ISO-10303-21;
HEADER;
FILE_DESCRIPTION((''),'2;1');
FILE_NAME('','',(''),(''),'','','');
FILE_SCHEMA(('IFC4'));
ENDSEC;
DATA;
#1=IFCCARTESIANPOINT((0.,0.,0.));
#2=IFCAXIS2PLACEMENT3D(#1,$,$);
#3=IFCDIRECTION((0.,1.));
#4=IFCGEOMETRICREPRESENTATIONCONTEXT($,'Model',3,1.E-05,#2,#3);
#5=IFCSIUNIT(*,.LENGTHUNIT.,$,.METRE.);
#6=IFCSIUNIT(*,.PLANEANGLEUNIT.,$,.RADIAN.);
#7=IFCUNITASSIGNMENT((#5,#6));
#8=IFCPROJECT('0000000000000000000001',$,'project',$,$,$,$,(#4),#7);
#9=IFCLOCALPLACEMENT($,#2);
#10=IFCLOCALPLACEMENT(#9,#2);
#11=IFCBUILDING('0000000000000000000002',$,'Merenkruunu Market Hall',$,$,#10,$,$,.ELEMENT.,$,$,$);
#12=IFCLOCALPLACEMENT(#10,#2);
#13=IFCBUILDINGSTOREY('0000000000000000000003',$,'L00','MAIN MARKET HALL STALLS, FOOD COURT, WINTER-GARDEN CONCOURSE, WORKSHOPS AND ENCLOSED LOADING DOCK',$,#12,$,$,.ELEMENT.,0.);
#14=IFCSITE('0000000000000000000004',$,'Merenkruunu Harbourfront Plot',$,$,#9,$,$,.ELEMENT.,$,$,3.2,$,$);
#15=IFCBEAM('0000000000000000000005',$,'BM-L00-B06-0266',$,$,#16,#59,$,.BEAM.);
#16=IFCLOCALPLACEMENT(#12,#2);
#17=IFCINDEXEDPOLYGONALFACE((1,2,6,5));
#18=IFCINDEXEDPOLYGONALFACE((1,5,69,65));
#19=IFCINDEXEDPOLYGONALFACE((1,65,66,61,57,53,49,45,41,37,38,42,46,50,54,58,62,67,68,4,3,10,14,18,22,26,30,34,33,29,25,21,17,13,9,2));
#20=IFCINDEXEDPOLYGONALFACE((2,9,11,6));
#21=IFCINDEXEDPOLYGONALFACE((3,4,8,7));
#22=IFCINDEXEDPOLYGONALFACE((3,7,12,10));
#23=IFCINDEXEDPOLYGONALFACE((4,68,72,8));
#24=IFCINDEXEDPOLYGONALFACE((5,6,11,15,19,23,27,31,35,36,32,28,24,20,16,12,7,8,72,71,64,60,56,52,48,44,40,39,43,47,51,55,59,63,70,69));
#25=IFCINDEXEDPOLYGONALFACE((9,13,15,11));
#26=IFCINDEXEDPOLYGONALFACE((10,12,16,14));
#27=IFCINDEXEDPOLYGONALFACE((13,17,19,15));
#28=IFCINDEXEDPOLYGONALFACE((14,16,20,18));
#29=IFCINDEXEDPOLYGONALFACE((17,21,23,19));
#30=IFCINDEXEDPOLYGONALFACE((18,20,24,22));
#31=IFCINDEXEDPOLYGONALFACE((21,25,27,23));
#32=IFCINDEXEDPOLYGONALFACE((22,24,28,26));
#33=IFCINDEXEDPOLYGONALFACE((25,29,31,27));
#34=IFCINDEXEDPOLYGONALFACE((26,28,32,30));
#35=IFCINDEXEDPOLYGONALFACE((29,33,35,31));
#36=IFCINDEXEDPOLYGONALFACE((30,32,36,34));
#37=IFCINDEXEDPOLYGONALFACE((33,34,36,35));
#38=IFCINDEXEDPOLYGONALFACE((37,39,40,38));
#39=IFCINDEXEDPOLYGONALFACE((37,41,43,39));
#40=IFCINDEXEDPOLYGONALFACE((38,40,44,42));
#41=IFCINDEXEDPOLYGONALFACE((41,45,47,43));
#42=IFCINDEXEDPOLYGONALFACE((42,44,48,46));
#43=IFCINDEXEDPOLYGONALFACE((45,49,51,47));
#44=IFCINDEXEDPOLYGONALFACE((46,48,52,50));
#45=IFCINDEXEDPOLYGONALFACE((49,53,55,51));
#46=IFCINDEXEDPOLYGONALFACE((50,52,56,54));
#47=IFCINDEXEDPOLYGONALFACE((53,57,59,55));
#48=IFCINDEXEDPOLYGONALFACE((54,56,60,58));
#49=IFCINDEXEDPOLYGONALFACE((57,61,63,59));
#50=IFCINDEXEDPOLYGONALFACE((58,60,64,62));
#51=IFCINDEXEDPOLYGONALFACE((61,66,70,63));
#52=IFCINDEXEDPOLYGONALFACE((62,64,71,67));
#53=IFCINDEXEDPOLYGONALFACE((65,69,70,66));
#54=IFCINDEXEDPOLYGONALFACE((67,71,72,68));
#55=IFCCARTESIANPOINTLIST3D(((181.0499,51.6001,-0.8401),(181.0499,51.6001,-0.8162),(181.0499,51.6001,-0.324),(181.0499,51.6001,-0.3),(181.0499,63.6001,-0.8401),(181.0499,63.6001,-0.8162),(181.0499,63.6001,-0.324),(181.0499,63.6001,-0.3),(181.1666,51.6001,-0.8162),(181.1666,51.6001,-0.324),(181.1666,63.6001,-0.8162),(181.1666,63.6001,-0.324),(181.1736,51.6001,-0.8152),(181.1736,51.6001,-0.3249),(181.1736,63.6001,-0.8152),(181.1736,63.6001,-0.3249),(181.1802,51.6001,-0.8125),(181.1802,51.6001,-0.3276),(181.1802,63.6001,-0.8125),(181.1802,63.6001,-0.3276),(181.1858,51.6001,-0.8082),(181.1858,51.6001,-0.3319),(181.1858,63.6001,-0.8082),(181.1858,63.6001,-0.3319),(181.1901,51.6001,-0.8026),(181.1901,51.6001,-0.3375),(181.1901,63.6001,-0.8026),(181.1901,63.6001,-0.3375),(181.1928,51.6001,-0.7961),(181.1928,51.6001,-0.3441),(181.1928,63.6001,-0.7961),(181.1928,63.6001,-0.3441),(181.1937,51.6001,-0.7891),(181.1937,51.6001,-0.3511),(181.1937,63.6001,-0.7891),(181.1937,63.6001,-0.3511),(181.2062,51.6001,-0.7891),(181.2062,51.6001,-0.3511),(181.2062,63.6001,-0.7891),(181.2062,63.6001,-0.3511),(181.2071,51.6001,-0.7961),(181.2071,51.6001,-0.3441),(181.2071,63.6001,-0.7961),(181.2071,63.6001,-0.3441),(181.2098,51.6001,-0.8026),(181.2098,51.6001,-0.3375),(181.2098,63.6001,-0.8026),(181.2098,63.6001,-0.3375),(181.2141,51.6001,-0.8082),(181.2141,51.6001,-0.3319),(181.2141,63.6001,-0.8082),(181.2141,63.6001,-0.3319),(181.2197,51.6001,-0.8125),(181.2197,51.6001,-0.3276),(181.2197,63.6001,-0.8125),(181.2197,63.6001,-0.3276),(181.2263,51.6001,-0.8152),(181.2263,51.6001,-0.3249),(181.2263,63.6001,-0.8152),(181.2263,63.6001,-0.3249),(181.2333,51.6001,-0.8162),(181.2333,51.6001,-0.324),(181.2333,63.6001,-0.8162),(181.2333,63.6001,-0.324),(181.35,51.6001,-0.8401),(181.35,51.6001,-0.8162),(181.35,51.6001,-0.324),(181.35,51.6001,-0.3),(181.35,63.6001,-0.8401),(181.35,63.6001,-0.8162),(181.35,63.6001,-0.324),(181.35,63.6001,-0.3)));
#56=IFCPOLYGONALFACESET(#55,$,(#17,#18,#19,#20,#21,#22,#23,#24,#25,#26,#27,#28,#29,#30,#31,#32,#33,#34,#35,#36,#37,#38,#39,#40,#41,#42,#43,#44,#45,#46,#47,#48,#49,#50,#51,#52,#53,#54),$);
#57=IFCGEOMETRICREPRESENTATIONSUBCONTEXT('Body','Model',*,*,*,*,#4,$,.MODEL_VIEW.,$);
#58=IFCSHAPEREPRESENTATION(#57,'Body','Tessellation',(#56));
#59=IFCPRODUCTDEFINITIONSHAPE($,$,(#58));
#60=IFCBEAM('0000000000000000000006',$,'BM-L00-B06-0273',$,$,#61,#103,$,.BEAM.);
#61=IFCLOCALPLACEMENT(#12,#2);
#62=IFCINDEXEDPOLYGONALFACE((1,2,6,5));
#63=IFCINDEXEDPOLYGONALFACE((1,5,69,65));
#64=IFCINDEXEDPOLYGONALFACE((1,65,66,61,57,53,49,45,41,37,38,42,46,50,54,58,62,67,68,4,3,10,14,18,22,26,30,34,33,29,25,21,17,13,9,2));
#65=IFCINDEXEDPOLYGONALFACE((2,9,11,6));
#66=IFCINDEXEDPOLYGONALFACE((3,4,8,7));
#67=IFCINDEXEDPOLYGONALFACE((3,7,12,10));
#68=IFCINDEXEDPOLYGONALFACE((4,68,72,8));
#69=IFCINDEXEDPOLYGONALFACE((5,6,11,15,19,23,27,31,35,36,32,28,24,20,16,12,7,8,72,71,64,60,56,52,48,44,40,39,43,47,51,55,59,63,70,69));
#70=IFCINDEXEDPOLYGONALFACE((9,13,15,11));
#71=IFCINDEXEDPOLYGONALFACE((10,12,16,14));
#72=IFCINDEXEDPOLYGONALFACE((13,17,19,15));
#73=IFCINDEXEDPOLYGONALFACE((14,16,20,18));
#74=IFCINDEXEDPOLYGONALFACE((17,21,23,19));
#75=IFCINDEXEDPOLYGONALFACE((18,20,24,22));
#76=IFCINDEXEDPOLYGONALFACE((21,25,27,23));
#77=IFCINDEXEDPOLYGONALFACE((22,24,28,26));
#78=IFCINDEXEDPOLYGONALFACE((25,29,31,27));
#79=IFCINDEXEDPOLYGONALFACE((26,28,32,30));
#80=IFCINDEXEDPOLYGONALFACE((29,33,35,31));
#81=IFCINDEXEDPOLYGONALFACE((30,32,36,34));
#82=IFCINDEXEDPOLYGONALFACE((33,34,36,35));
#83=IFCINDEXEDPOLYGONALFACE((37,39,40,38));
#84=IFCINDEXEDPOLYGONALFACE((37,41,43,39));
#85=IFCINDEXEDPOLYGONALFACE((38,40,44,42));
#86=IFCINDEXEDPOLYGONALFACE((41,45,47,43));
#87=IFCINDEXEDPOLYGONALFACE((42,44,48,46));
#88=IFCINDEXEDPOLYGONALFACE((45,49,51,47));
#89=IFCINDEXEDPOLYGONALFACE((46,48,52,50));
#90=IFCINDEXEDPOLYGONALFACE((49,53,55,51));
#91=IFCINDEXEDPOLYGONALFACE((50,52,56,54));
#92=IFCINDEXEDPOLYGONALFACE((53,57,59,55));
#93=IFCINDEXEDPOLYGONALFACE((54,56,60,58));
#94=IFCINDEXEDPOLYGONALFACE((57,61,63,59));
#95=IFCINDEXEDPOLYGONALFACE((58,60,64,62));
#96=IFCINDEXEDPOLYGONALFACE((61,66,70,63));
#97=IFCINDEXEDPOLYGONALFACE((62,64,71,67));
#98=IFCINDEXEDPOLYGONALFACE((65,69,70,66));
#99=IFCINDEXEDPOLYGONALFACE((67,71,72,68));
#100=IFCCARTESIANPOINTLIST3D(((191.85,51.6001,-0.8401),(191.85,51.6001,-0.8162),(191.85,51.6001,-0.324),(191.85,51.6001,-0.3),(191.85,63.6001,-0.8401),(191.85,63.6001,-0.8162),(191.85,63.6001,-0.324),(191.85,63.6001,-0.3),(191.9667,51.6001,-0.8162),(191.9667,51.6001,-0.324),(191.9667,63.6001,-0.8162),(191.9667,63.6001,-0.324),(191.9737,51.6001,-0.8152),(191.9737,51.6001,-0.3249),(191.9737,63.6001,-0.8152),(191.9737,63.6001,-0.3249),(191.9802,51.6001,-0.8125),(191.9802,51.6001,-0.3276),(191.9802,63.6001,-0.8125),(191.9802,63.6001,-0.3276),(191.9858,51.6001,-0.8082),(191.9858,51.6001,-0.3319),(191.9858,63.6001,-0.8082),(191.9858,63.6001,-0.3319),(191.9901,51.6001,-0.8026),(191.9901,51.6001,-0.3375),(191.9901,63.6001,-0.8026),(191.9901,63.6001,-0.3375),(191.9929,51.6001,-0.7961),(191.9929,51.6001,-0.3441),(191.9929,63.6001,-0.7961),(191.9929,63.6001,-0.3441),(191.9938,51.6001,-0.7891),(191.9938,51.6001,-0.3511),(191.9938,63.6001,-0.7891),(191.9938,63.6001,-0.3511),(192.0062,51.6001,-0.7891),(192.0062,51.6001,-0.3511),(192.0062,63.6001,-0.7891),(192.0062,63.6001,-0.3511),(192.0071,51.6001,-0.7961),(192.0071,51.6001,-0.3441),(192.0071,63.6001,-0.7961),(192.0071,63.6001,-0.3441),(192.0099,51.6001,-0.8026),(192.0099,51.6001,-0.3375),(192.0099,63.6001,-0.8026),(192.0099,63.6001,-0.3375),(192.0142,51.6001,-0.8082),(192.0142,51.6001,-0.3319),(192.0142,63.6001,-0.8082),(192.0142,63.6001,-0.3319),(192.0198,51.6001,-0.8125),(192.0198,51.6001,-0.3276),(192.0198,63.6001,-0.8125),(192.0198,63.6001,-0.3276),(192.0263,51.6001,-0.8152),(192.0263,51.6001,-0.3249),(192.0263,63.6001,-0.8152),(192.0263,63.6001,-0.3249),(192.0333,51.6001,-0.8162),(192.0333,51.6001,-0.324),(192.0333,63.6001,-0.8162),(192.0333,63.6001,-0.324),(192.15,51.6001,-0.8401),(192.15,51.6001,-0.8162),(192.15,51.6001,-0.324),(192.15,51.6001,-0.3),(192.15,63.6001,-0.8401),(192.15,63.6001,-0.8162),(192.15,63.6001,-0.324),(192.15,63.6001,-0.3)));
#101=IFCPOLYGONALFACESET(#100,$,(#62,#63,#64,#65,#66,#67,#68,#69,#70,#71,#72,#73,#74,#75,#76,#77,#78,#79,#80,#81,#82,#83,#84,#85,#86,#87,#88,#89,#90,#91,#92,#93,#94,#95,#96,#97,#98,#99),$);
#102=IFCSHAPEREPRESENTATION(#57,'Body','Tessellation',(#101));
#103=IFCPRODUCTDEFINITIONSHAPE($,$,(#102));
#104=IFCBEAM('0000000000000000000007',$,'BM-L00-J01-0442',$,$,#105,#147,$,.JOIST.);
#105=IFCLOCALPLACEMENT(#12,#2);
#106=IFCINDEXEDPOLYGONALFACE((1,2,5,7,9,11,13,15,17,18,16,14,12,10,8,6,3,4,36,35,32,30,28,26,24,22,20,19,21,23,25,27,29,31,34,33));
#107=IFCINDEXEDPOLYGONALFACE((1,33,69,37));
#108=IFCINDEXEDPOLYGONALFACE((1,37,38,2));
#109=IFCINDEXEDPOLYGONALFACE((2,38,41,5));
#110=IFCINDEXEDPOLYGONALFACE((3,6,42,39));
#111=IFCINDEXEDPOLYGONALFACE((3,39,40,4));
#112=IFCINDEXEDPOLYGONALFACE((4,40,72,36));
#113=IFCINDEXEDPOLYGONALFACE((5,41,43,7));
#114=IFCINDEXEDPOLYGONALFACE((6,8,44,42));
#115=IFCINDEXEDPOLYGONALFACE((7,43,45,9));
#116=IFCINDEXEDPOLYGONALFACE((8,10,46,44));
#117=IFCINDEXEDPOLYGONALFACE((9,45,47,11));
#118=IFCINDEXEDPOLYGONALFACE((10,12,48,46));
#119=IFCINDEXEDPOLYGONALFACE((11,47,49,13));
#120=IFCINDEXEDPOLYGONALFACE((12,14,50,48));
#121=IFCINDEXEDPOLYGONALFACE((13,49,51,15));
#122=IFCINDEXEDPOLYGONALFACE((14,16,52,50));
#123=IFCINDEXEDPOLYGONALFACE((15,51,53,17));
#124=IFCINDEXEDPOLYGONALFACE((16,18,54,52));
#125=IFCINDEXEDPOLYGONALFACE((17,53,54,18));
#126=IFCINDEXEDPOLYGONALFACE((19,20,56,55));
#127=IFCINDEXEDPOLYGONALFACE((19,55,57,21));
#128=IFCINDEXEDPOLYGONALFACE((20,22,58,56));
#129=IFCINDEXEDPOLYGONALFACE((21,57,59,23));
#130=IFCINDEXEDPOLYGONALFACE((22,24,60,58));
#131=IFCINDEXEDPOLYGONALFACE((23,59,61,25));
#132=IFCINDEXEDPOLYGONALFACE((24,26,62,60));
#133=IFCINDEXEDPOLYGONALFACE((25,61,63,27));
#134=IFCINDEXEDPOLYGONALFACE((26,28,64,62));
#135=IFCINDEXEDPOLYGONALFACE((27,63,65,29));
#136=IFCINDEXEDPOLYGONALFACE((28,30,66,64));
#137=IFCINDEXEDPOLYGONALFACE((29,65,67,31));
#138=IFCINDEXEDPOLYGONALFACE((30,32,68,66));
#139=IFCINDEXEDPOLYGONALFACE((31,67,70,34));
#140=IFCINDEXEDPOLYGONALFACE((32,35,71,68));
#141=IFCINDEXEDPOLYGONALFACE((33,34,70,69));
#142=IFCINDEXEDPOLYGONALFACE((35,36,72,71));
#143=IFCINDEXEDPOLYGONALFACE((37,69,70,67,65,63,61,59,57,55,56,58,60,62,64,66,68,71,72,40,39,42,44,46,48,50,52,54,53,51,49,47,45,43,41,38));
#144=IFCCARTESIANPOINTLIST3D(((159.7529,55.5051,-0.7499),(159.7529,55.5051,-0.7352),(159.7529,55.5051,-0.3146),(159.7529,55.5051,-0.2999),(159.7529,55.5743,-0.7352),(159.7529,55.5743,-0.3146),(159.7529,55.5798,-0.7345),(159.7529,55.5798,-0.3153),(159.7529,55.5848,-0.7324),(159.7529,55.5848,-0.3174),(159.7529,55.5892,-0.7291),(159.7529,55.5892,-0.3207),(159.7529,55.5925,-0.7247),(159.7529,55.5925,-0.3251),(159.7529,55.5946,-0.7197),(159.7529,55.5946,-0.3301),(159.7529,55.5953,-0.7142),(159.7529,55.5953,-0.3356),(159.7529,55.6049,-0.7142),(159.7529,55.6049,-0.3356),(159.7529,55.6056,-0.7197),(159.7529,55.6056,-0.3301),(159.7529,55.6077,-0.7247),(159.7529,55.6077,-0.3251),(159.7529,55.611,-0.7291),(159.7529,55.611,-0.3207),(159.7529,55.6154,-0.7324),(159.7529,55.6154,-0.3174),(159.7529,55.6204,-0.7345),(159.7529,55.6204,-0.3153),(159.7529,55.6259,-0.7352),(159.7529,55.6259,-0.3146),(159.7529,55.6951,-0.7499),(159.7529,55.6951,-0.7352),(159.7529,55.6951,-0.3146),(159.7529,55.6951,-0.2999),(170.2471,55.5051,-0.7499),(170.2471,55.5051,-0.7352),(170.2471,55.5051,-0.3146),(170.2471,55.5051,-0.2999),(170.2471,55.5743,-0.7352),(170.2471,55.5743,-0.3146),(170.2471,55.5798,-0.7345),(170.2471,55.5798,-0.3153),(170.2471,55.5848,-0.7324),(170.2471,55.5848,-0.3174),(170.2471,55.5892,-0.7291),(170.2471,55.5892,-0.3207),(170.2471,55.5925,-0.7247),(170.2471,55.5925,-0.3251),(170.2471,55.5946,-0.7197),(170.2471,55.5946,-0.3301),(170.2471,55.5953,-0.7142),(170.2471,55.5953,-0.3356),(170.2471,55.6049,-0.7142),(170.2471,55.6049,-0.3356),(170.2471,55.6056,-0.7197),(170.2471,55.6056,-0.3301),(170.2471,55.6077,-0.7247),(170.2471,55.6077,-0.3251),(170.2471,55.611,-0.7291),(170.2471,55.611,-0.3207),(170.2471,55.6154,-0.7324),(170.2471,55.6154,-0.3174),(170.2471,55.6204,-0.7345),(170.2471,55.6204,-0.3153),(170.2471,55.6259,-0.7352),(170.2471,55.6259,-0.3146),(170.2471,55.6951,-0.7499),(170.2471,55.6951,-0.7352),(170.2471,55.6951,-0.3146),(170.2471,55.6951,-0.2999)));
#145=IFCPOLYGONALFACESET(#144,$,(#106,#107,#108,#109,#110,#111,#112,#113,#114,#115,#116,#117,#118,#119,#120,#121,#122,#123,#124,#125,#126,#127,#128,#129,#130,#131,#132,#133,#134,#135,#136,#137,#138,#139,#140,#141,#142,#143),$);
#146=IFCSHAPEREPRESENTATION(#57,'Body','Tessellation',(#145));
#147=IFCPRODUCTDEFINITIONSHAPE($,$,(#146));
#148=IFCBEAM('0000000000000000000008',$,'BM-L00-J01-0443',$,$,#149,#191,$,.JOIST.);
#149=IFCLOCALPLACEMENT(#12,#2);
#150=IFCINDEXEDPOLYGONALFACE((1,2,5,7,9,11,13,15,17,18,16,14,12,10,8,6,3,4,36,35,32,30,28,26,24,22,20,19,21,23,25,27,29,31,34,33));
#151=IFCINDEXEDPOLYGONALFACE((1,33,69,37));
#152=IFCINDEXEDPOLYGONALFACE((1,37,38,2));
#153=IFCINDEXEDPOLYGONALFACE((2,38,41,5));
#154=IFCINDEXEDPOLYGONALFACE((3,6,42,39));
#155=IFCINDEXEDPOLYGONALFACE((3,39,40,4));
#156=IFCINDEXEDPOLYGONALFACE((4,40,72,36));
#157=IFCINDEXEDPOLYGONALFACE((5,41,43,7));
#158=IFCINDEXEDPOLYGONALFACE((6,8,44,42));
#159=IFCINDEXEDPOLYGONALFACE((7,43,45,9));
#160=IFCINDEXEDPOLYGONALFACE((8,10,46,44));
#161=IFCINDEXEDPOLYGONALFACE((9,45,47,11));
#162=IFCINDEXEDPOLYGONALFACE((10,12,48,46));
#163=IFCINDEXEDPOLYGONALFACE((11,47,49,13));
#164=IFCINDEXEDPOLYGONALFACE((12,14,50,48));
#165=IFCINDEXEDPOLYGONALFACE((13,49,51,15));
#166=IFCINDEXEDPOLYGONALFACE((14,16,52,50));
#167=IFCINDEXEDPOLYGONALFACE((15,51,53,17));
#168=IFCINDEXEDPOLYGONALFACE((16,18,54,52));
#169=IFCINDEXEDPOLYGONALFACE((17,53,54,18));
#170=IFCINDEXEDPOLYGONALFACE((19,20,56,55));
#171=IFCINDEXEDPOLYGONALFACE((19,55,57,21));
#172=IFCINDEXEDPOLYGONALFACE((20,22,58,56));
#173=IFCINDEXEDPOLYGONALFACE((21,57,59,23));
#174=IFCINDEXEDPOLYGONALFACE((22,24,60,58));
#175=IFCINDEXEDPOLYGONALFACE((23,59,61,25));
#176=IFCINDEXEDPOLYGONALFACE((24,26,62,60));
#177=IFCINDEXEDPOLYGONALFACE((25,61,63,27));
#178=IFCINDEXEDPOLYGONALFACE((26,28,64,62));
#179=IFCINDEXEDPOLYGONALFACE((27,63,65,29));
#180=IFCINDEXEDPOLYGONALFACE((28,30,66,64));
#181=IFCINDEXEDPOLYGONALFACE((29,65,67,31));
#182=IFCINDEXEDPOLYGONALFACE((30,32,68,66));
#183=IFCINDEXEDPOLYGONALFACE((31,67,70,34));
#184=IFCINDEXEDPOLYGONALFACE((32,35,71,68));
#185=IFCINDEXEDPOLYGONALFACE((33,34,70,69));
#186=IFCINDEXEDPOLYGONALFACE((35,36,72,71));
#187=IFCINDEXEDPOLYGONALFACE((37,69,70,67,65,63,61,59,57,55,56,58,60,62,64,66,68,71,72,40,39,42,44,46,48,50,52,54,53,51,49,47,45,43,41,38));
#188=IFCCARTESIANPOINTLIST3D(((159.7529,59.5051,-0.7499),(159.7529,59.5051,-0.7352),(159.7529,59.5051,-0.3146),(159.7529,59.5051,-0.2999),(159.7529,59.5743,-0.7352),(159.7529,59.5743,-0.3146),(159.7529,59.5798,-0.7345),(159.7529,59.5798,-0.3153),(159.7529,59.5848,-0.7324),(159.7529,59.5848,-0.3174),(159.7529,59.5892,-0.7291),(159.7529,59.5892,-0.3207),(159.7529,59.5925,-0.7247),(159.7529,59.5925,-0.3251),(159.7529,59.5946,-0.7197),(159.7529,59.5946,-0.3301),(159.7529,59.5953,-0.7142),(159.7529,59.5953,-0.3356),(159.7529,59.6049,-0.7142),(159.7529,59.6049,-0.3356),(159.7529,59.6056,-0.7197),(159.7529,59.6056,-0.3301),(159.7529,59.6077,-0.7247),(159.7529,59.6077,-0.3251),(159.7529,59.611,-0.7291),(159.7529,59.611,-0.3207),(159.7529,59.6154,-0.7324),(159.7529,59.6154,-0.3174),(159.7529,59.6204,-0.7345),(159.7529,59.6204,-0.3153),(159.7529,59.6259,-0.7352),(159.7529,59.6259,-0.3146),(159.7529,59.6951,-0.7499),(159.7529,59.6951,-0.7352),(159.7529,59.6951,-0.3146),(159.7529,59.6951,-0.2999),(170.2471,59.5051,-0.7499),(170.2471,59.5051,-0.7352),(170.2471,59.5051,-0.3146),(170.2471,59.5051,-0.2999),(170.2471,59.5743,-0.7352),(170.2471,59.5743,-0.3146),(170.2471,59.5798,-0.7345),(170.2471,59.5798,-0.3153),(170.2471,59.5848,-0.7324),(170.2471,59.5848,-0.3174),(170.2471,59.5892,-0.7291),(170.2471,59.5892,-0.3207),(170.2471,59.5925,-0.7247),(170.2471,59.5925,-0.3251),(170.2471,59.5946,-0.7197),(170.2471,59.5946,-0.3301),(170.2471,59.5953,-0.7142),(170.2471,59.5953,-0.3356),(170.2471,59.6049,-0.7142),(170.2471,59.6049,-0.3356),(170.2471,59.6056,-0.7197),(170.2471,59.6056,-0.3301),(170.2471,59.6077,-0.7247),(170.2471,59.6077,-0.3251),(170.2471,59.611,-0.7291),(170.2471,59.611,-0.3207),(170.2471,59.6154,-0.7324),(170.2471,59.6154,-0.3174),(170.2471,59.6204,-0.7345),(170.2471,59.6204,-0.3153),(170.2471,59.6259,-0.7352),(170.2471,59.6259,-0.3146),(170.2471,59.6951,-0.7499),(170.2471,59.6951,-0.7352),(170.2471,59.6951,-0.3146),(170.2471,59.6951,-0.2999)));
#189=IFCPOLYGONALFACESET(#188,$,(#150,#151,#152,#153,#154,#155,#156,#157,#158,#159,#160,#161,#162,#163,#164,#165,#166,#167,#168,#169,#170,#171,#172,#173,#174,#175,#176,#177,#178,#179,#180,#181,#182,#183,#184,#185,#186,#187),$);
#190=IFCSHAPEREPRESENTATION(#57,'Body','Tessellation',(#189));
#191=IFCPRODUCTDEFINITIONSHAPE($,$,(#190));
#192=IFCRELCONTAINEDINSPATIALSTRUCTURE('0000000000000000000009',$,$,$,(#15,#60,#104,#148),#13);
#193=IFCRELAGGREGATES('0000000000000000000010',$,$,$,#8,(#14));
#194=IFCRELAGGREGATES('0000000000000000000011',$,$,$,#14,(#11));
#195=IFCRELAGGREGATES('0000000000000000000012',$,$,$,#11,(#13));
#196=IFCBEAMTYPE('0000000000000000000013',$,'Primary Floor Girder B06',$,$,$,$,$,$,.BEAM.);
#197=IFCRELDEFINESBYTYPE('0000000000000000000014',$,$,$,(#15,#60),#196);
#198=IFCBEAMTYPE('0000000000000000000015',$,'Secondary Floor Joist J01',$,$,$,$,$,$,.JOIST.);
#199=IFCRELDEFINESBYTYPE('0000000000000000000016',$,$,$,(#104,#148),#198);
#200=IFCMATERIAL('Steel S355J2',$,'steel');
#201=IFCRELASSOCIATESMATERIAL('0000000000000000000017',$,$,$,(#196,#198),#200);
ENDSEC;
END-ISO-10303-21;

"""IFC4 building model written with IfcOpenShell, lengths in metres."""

from ifc_helpers import new_model, si_unit, direction, frame, origin, origin_2d, place, context, subcontext, project, spatial, i_section, extrude, material, material_profile, profile_set, type_object, element, save


model = new_model("IFC4")

# Units and contexts
model_context = context("Model", 3, precision=1e-05, world=origin(), true_north=direction((0.0, 1.0)))
body_context = subcontext(model_context, "Body", "Model", "MODEL_VIEW")
ifc_project = project(units=[si_unit("LENGTHUNIT", "METRE"), si_unit("PLANEANGLEUNIT", "RADIAN")], contexts=[model_context])

# Site, building, storey
site_placement = place(None, origin())
site = spatial("IfcSite", under=ifc_project, at=site_placement, Name="Merenkruunu Harbourfront Plot", CompositionType="ELEMENT", RefElevation=3.2)
building_placement = place(site_placement, origin())
building = spatial("IfcBuilding", under=site, at=building_placement, Name="Merenkruunu Market Hall", CompositionType="ELEMENT")
storey_placement = place(building_placement, origin())
storey = spatial("IfcBuildingStorey", under=building, at=storey_placement, Name="L00", Description="MAIN MARKET HALL STALLS, FOOD COURT, WINTER-GARDEN CONCOURSE, WORKSHOPS AND ENCLOSED LOADING DOCK", CompositionType="ELEMENT", Elevation=0.0)

# Shared definitions
ifc_material_1 = material(Name="Steel S355J2", Category="steel")

# Beams
ifc_material_profile_1 = material_profile(ifc_material_1, i_section(OverallWidth=0.3, OverallDepth=0.54, WebThickness=0.0125, FlangeThickness=0.0239, FilletRadius=0.0271, at=origin_2d()), Name="HEA 550")
ifc_profile_set_1 = profile_set([ifc_material_profile_1], Name="Steel S355J2")
beam_type_1 = type_object("IfcBeamType", Name="Primary Floor Girder B06", PredefinedType="BEAM", material=ifc_profile_set_1)
for number, where, z_axis, x_axis, name in (
    (1, (181.2, 51.6001, -0.5701), (0.0, 1.0, 0.0), (-1.0, 0.0, 0.0), "BM-L00-B06-0266"),
    (2, (192.0, 51.6001, -0.5701), (0.0, 1.0, 0.0), (-1.0, 0.0, 0.0), "BM-L00-B06-0273"),
):
    element("IfcBeam", number, at=place(storey_placement, frame(where, z_axis=z_axis, x_axis=x_axis)), inside=storey, type_object=beam_type_1, Name=name, PredefinedType="BEAM", context=body_context, shape_type="SweptSolid", body=[
        extrude(i_section(OverallWidth=0.3, OverallDepth=0.54, WebThickness=0.0125, FlangeThickness=0.0239, FilletRadius=0.0271, at=origin_2d()), origin(), (0.0, 0.0, 1.0), 12.0),
    ])
ifc_material_profile_2 = material_profile(ifc_material_1, i_section(OverallWidth=0.1899, OverallDepth=0.45, WebThickness=0.0095, FlangeThickness=0.0146, FilletRadius=0.021, at=origin_2d()), Name="IPE 450")
ifc_profile_set_2 = profile_set([ifc_material_profile_2], Name="Steel S355J2")
beam_type_2 = type_object("IfcBeamType", Name="Secondary Floor Joist J01", PredefinedType="JOIST", material=ifc_profile_set_2)
for number, where, z_axis, x_axis, name in (
    (3, (159.7529, 55.6001, -0.5249), (1.0, 0.0, 0.0), (0.0, 1.0, 0.0), "BM-L00-J01-0442"),
    (4, (159.7529, 59.6001, -0.5249), (1.0, 0.0, 0.0), (0.0, 1.0, 0.0), "BM-L00-J01-0443"),
):
    element("IfcBeam", number, at=place(storey_placement, frame(where, z_axis=z_axis, x_axis=x_axis)), inside=storey, type_object=beam_type_2, Name=name, PredefinedType="JOIST", context=body_context, shape_type="SweptSolid", body=[
        extrude(i_section(OverallWidth=0.1899, OverallDepth=0.45, WebThickness=0.0095, FlangeThickness=0.0146, FilletRadius=0.021, at=origin_2d()), origin(), (0.0, 0.0, 1.0), 10.4941),
    ])

save(model, "model.ifc")
